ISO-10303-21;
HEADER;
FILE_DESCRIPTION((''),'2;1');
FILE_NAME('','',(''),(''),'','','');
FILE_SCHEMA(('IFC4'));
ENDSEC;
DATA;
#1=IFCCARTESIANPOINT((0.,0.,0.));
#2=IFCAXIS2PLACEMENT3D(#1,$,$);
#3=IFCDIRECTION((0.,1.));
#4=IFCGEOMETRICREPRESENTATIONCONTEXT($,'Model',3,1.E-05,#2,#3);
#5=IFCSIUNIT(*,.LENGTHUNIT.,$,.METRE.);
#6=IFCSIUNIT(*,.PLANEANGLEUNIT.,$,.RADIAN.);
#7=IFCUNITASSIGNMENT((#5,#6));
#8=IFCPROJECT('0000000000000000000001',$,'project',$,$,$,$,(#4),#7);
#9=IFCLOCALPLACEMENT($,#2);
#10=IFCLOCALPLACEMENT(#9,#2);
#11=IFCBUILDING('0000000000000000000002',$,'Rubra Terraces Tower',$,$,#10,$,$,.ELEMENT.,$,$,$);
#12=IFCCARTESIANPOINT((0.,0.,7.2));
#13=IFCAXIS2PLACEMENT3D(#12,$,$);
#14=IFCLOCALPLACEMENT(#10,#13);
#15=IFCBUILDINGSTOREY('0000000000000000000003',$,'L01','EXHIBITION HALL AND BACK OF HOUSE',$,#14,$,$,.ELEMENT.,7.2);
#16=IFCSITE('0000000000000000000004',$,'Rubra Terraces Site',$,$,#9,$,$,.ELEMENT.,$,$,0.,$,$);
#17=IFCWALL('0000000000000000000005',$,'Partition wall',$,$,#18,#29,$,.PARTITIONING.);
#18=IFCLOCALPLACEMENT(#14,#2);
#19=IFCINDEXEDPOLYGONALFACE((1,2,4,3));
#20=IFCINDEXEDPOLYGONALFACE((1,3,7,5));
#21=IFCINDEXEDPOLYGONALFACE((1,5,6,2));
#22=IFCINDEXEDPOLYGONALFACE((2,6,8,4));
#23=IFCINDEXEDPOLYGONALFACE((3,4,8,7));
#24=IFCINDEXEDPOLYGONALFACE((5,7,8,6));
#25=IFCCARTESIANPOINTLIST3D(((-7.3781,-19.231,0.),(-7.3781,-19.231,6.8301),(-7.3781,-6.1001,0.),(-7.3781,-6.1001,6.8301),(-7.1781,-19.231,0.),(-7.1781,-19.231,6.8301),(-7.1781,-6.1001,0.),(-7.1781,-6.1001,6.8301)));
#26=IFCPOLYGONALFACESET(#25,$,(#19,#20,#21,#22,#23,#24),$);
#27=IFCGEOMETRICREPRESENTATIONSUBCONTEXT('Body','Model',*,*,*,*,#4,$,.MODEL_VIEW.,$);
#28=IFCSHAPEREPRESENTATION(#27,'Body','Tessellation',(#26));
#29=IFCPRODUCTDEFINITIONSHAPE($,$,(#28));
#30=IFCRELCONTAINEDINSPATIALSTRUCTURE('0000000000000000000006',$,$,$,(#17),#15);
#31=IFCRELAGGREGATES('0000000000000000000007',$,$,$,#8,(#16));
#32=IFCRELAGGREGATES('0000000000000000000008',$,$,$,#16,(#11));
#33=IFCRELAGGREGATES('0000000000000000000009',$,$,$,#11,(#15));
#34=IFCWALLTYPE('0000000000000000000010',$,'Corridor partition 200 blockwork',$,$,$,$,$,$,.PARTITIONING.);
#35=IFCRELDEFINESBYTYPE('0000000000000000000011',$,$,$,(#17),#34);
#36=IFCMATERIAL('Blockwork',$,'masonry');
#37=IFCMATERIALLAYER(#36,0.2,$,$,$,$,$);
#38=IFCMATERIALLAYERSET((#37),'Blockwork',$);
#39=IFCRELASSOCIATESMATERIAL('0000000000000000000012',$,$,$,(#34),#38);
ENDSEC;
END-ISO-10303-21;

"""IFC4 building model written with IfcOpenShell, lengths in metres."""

from ifc_helpers import new_model, si_unit, direction, frame, frame_2d, origin, place, context, subcontext, project, spatial, rectangle, extrude, material, layer, layer_set, type_object, element, save


model = new_model("IFC4")

# Units and contexts
model_context = context("Model", 3, precision=1e-05, world=origin(), true_north=direction((0.0, 1.0)))
body_context = subcontext(model_context, "Body", "Model", "MODEL_VIEW")
ifc_project = project(units=[si_unit("LENGTHUNIT", "METRE"), si_unit("PLANEANGLEUNIT", "RADIAN")], contexts=[model_context])

# Site, building, storey
site_placement = place(None, origin())
site = spatial("IfcSite", under=ifc_project, at=site_placement, Name="Rubra Terraces Site", CompositionType="ELEMENT", RefElevation=0.0)
building_placement = place(site_placement, origin())
building = spatial("IfcBuilding", under=site, at=building_placement, Name="Rubra Terraces Tower", CompositionType="ELEMENT")
storey_placement = place(building_placement, frame((0.0, 0.0, 7.2)))
storey = spatial("IfcBuildingStorey", under=building, at=storey_placement, Name="L01", Description="EXHIBITION HALL AND BACK OF HOUSE", CompositionType="ELEMENT", Elevation=7.2)

# Shared definitions
ifc_material_1 = material(Name="Blockwork", Category="masonry")
ifc_layer_1 = layer(ifc_material_1, 0.2)
ifc_layer_set_1 = layer_set([ifc_layer_1], Name="Blockwork")
wall_type = type_object("IfcWallType", Name="Corridor partition 200 blockwork", PredefinedType="PARTITIONING", material=ifc_layer_set_1)

# Wall
wall_1_placement = place(storey_placement, frame((-7.2781, -19.231, 0.0), z_axis=(0.0, 0.0, 1.0), x_axis=(0.0, 1.0, 0.0)))
element("IfcWall", 1, at=wall_1_placement, inside=storey, type_object=wall_type, Name="Partition wall", PredefinedType="PARTITIONING", context=body_context, shape_type="SweptSolid", body=[
    extrude(rectangle(XDim=13.1309, YDim=0.2, at=frame_2d((6.5654, 0.0))), origin(), (0.0, 0.0, 1.0), 6.8301),
])

save(model, "model.ifc")
